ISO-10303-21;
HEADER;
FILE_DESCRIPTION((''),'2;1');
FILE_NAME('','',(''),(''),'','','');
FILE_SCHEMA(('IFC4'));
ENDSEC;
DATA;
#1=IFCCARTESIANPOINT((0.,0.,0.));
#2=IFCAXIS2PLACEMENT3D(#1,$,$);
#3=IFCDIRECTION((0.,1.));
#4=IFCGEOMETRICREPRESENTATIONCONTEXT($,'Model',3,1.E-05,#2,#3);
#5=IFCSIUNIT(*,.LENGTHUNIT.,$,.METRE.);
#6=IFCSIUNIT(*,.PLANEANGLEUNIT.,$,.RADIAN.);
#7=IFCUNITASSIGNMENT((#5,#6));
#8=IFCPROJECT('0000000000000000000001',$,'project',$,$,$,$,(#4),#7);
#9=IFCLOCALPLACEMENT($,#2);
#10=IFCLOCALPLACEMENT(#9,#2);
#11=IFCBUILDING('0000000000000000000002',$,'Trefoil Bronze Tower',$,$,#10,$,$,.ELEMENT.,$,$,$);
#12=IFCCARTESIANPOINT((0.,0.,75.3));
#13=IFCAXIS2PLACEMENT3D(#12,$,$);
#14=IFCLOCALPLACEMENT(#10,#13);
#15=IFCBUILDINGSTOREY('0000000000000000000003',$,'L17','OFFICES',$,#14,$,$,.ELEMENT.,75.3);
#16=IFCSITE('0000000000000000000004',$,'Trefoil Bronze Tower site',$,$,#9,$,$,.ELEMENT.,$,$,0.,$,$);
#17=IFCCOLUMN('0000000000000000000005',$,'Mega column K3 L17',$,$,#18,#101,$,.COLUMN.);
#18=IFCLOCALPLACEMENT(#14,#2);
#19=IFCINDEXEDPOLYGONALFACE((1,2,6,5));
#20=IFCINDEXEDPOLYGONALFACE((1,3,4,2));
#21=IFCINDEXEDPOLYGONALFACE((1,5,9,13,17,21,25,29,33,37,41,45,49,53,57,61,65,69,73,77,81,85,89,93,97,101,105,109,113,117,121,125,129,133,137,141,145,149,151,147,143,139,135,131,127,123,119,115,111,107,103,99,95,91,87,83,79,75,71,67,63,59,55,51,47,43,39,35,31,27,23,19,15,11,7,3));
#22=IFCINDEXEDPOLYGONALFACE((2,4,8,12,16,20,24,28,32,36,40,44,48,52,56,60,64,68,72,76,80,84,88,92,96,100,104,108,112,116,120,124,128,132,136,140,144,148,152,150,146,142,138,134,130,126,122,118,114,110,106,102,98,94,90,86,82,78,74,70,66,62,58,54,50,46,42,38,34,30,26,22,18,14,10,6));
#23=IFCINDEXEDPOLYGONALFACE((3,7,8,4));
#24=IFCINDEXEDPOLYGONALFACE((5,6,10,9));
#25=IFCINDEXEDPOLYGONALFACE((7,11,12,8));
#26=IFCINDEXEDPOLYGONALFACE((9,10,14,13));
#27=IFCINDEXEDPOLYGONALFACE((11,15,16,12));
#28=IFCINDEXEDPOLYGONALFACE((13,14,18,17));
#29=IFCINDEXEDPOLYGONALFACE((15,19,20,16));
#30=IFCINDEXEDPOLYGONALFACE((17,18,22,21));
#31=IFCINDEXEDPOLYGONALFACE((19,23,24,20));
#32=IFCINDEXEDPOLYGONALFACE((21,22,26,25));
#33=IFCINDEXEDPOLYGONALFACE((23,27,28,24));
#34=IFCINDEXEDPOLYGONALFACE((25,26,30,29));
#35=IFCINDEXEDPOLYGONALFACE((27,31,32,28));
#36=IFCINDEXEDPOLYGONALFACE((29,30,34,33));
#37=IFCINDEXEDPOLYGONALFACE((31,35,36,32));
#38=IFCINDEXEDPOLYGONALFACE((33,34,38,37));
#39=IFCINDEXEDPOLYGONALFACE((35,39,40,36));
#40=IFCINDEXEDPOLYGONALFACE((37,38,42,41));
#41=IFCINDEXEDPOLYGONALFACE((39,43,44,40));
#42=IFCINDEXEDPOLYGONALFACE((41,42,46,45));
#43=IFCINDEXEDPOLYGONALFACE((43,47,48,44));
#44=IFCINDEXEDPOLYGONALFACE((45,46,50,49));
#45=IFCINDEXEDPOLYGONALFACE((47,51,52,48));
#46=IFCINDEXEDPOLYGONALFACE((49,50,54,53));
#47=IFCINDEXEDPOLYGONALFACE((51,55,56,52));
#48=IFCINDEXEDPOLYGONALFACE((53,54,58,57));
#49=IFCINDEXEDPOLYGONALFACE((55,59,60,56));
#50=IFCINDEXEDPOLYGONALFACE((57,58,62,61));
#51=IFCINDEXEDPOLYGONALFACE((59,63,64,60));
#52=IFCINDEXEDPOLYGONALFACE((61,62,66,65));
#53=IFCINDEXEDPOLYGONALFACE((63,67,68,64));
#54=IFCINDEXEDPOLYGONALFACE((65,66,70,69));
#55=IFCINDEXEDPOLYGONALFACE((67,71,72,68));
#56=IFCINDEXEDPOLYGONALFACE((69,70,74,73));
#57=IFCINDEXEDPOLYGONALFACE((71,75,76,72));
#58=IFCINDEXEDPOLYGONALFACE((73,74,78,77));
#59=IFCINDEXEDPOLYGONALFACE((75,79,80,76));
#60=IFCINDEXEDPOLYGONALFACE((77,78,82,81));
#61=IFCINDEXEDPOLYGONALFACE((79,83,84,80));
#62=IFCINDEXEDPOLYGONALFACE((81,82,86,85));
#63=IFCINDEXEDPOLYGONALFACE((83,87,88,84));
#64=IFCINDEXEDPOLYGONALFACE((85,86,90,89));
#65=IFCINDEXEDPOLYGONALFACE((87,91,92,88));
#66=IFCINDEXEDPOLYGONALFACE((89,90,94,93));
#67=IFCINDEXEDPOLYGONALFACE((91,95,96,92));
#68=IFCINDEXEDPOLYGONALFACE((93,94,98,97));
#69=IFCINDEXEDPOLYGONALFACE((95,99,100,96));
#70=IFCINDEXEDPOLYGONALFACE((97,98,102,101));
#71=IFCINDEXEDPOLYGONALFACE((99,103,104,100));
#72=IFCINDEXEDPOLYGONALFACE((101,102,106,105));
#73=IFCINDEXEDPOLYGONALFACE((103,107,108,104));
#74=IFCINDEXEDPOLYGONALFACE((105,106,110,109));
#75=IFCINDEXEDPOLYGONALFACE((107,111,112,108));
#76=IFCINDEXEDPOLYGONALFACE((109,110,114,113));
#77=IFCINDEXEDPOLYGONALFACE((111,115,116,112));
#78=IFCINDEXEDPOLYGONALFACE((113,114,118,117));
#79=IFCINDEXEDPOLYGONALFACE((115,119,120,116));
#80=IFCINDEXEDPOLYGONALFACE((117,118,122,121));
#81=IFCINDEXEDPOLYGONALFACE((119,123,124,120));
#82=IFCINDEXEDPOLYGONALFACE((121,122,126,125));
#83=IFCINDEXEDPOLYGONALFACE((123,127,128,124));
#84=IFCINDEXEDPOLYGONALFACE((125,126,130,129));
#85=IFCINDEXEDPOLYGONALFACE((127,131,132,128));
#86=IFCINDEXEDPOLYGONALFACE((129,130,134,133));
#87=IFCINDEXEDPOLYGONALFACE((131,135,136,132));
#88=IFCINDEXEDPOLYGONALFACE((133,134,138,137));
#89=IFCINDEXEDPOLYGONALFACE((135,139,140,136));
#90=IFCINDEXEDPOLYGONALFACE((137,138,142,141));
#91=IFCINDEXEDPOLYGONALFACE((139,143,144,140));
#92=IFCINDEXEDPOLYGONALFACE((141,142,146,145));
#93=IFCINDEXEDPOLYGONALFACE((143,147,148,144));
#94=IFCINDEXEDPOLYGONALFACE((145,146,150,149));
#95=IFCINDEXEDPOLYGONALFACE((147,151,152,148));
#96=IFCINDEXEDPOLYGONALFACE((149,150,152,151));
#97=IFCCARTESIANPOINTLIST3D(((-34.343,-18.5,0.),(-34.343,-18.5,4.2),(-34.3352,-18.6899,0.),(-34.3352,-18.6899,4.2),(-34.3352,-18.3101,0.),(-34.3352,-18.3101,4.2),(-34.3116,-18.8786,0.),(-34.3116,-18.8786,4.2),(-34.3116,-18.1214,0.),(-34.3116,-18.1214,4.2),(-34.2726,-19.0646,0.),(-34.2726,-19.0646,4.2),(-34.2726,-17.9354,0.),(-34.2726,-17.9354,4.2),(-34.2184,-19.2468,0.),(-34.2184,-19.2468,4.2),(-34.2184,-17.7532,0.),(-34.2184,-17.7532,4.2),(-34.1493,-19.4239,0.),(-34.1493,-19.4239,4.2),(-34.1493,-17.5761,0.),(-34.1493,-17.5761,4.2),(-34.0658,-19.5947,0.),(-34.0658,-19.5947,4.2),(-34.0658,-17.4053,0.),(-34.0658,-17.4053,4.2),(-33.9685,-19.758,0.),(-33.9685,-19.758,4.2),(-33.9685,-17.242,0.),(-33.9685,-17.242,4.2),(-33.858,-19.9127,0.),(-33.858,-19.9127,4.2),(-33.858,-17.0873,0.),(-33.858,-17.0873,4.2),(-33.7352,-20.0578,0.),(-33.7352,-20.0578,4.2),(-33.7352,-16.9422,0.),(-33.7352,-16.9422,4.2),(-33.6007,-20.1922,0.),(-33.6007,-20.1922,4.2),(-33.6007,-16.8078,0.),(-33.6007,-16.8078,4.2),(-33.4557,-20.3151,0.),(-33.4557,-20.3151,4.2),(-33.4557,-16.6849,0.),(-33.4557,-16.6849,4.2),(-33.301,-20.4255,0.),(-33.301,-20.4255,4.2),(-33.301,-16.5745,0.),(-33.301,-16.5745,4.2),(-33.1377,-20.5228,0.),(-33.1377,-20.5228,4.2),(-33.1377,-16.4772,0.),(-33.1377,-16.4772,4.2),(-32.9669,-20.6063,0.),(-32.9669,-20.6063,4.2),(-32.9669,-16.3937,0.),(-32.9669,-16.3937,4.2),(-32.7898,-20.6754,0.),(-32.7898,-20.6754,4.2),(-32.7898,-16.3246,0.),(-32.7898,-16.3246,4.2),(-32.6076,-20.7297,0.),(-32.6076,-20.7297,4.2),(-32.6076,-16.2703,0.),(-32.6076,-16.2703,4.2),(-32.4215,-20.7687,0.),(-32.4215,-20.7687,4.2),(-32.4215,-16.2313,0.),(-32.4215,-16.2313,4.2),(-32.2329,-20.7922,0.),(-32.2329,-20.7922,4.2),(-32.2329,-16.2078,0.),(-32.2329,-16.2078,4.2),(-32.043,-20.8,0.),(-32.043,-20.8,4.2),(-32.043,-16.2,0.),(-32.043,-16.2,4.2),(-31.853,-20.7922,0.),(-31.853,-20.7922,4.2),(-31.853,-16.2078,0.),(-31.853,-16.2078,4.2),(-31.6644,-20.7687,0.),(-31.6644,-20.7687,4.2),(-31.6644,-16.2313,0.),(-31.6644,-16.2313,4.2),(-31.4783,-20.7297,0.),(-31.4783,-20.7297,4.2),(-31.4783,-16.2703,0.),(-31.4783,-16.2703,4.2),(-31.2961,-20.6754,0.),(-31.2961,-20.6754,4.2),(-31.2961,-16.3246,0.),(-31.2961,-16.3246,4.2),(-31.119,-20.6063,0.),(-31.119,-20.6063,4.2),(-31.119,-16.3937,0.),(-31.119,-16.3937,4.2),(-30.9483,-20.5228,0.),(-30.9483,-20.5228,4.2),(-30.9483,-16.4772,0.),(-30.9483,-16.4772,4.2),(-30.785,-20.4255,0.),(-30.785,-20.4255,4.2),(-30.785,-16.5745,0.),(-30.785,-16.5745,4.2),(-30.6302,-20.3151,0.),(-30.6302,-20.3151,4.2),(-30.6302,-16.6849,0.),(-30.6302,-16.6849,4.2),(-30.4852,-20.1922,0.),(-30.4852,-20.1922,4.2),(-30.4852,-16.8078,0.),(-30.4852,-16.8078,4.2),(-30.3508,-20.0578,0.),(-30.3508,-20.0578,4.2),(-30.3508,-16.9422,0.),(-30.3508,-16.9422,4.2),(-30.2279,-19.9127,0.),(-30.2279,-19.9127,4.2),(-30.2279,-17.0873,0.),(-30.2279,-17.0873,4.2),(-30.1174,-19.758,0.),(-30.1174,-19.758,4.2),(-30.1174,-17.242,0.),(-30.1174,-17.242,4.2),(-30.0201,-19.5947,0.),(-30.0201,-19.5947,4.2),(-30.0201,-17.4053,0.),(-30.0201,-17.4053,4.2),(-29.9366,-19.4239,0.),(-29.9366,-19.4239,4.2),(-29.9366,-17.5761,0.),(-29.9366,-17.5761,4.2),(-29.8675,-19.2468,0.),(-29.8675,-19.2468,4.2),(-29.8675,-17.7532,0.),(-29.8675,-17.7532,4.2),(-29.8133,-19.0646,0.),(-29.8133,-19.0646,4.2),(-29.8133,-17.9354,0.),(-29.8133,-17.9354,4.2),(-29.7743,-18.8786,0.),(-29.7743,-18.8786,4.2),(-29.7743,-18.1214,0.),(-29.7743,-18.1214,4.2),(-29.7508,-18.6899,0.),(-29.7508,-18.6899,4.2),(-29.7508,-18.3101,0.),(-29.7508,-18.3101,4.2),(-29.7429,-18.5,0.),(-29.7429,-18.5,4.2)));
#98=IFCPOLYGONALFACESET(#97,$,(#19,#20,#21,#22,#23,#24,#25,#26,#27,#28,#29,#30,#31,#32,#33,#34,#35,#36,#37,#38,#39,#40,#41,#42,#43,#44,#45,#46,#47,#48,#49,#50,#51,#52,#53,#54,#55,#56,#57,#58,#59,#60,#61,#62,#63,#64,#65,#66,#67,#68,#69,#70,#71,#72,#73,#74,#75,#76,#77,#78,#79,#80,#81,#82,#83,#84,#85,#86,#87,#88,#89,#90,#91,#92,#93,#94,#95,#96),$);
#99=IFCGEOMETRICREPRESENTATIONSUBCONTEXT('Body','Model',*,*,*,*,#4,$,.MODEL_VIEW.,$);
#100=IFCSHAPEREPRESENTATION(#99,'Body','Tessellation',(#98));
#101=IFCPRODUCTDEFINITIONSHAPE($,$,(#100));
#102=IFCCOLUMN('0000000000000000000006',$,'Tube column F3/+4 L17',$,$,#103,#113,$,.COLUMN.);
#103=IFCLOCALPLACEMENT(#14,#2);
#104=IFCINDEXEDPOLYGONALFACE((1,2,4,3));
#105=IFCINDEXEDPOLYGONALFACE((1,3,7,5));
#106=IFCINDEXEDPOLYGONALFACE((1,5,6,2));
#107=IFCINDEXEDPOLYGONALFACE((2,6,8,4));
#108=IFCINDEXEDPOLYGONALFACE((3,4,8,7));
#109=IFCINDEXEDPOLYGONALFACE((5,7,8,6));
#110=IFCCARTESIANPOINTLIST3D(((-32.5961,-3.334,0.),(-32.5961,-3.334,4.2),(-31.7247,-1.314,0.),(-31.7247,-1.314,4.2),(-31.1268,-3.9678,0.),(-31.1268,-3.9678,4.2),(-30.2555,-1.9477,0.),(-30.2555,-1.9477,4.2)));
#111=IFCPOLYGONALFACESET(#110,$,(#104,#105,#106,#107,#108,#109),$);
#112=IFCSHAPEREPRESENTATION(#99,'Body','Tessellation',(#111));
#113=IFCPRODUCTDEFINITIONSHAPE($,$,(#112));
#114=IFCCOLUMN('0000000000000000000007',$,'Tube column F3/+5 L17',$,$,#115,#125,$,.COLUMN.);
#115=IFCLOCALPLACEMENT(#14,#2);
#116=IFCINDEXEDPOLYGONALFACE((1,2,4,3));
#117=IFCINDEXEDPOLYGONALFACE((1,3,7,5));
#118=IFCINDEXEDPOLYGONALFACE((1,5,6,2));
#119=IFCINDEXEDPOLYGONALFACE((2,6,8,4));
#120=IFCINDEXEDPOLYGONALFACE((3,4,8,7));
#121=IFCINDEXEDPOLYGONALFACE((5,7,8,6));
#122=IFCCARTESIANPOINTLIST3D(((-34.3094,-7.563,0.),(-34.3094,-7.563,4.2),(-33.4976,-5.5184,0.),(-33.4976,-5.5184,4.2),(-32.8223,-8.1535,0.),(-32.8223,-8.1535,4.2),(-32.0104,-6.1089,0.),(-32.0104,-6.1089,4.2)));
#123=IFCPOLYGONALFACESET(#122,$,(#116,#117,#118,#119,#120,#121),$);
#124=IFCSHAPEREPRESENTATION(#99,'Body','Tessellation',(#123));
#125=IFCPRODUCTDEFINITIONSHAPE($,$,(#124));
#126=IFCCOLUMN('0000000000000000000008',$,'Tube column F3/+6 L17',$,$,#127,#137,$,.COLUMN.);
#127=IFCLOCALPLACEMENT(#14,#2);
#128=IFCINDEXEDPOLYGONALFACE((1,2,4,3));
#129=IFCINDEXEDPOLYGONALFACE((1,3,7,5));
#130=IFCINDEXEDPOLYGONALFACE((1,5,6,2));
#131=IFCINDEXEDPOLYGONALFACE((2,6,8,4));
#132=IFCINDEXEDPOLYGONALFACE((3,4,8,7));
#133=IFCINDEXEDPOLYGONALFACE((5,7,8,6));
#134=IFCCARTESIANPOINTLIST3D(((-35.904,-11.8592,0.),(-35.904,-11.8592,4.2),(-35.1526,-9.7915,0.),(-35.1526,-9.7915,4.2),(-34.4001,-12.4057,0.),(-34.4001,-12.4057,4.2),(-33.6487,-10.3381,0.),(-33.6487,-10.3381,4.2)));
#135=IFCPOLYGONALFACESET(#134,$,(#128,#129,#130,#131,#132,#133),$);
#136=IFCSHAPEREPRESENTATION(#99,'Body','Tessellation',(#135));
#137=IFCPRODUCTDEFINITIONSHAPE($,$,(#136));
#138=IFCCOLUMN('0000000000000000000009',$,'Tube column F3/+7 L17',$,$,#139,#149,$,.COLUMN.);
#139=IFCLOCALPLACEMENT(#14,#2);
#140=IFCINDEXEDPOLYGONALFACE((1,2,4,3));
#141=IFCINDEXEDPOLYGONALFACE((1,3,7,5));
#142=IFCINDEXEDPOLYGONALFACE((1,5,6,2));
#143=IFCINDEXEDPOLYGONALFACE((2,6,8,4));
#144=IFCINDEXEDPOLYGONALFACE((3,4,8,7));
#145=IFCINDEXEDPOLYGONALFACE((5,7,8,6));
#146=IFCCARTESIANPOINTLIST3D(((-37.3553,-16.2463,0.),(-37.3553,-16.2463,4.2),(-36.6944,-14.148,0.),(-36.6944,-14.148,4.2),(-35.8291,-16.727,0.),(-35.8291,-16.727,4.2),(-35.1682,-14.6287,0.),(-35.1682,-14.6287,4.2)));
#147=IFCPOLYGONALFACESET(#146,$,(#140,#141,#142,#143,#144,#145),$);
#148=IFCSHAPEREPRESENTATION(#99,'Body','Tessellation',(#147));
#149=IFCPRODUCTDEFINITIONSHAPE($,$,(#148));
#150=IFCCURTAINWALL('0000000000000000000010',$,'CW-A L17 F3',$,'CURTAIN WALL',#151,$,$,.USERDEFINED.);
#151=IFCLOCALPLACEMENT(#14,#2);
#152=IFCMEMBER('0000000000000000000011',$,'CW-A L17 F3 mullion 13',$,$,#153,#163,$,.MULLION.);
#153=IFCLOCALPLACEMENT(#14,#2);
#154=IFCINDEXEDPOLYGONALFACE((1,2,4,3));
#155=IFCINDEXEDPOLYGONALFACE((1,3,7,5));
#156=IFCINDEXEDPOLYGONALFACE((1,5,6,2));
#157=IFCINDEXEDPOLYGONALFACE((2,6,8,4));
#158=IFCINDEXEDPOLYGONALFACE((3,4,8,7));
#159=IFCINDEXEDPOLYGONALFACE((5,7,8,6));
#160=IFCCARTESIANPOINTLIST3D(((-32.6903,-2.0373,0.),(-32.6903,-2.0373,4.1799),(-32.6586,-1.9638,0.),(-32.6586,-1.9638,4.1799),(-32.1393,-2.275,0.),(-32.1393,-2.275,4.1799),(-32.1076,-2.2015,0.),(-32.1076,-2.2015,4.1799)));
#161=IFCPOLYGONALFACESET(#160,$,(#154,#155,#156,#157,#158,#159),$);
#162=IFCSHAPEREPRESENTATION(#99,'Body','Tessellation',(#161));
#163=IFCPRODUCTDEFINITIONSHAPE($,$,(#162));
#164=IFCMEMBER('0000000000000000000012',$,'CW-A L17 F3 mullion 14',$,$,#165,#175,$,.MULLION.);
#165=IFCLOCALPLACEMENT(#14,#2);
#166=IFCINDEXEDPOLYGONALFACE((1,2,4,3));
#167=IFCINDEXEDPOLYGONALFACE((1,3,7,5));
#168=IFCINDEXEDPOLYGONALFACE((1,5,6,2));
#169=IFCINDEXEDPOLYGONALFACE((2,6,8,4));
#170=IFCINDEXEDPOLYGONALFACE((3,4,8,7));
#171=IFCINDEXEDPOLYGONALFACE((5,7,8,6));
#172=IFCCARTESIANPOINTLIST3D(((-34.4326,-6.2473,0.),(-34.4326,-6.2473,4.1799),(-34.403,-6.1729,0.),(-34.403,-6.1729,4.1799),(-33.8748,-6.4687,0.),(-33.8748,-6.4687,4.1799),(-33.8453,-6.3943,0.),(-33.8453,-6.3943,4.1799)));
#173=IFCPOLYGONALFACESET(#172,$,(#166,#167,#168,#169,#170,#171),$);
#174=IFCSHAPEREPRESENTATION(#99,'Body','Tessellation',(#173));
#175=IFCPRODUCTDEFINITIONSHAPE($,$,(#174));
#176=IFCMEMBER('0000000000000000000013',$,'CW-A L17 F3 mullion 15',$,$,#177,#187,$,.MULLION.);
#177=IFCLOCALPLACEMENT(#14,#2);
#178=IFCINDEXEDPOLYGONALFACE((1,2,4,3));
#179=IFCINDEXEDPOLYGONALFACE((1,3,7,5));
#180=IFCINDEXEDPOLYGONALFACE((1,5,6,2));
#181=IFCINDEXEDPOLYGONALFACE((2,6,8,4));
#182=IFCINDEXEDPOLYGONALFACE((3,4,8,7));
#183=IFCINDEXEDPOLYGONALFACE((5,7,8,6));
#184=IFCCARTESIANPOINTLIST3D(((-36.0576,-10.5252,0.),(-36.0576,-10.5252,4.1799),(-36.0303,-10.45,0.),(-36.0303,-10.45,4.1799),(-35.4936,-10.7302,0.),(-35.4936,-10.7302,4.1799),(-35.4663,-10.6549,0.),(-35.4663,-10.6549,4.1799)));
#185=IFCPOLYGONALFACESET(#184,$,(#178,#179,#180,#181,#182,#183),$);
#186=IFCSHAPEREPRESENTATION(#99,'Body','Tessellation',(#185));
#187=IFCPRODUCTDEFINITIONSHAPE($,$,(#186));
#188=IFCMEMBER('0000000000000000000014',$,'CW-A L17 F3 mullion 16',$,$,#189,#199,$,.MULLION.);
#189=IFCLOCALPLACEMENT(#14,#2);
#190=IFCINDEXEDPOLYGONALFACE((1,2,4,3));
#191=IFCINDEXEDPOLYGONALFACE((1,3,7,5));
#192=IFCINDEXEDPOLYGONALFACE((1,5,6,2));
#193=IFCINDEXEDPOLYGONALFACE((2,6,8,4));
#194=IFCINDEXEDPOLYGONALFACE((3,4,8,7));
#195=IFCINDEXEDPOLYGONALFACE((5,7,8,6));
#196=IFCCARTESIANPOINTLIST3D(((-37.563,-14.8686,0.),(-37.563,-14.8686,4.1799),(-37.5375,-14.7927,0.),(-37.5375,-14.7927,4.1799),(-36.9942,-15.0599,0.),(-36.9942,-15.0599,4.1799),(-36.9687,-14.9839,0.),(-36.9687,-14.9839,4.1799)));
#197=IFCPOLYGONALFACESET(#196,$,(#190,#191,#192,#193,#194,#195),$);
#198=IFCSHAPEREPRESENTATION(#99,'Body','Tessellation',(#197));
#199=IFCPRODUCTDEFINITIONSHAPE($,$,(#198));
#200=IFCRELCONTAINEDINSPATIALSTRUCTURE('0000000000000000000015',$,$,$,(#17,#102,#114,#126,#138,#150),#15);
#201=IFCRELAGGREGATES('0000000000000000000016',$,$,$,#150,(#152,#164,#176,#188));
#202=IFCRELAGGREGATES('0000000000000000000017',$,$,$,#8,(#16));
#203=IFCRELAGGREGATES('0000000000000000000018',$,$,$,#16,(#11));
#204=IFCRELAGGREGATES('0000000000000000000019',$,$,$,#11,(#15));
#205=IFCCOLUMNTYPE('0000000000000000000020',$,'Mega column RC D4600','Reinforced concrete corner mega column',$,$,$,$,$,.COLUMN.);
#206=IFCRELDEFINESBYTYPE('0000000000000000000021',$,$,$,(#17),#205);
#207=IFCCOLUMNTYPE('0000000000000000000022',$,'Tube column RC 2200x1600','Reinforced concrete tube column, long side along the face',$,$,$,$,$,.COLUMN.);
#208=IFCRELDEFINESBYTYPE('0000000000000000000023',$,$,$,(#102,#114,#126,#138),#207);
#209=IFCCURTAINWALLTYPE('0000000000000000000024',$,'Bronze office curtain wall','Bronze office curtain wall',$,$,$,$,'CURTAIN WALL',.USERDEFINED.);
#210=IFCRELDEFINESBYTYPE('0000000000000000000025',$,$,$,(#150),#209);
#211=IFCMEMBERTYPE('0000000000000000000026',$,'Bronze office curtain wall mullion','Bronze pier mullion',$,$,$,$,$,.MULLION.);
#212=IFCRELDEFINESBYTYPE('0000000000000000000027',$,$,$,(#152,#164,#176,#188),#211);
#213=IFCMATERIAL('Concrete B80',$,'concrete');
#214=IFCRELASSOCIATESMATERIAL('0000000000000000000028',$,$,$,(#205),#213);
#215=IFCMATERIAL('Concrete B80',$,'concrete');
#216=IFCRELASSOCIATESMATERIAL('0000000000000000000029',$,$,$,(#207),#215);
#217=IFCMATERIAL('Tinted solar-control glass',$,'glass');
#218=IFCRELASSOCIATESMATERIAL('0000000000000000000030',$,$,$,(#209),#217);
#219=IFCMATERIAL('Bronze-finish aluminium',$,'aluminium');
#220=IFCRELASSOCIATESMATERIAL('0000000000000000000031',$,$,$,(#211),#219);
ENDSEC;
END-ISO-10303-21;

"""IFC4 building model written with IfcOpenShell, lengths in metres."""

from ifc_helpers import new_model, si_unit, direction, frame, origin, origin_2d, place, context, subcontext, project, spatial, rectangle, circle, extrude, material, material_profile, profile_set, type_object, element, aggregate, save


model = new_model("IFC4")

# Units and contexts
model_context = context("Model", 3, precision=1e-05, world=origin(), true_north=direction((0.0, 1.0)))
body_context = subcontext(model_context, "Body", "Model", "MODEL_VIEW")
ifc_project = project(units=[si_unit("LENGTHUNIT", "METRE"), si_unit("PLANEANGLEUNIT", "RADIAN")], contexts=[model_context])

# Site, building, storey
site_placement = place(None, origin())
site = spatial("IfcSite", under=ifc_project, at=site_placement, Name="Trefoil Bronze Tower site", CompositionType="ELEMENT", RefElevation=0.0)
building_placement = place(site_placement, origin())
building = spatial("IfcBuilding", under=site, at=building_placement, Name="Trefoil Bronze Tower", CompositionType="ELEMENT")
storey_placement = place(building_placement, frame((0.0, 0.0, 75.3)))
storey = spatial("IfcBuildingStorey", under=building, at=storey_placement, Name="L17", Description="OFFICES", CompositionType="ELEMENT", Elevation=75.3)

# Columns
ifc_material_1 = material(Name="Concrete B80", Category="concrete")
ifc_material_profile_1 = material_profile(ifc_material_1, circle(Radius=2.3, at=origin_2d()), Name="RC D4600")
ifc_profile_set_1 = profile_set([ifc_material_profile_1], Name="Concrete B80")
column_type_1 = type_object("IfcColumnType", Name="Mega column RC D4600", Description="Reinforced concrete corner mega column", PredefinedType="COLUMN", material=ifc_profile_set_1)
column_placement = place(storey_placement, frame((-32.043, -18.5, 0.0), z_axis=(0.0, 0.0, 1.0), x_axis=(1.0, 0.0, 0.0)))
element("IfcColumn", 1, at=column_placement, inside=storey, type_object=column_type_1, Name="Mega column K3 L17", PredefinedType="COLUMN", context=body_context, shape_type="SweptSolid", body=[
    extrude(circle(Radius=2.3, at=origin_2d()), origin(), (0.0, 0.0, 1.0), 4.2),
])
ifc_material_2 = material(Name="Concrete B80", Category="concrete")
ifc_material_profile_2 = material_profile(ifc_material_2, rectangle(XDim=2.2, YDim=1.6001, at=origin_2d()), Name="RC 2200x1600")
ifc_profile_set_2 = profile_set([ifc_material_profile_2], Name="Concrete B80")
column_type_2 = type_object("IfcColumnType", Name="Tube column RC 2200x1600", Description="Reinforced concrete tube column, long side along the face", PredefinedType="COLUMN", material=ifc_profile_set_2)
for number, where, z_axis, x_axis, name in (
    (2, (-31.4258, -2.6409, 0.0), (0.0, 0.0, 1.0), (-0.396085, -0.918214, 0.0), "Tube column F3/+4 L17"),
    (3, (-33.1599, -6.8359, 0.0), (0.0, 0.0, 1.0), (-0.36904, -0.929414, 0.0), "Tube column F3/+5 L17"),
    (4, (-34.7764, -11.0986, 0.0), (0.0, 0.0, 1.0), (-0.341559, -0.93986, 0.0), "Tube column F3/+6 L17"),
    (5, (-36.2617, -15.4375, 0.0), (0.0, 0.0, 1.0), (-0.300414, -0.953809, 0.0), "Tube column F3/+7 L17"),
):
    element("IfcColumn", number, at=place(storey_placement, frame(where, z_axis=z_axis, x_axis=x_axis)), inside=storey, type_object=column_type_2, Name=name, PredefinedType="COLUMN", context=body_context, shape_type="SweptSolid", body=[
        extrude(rectangle(XDim=2.2, YDim=1.6001, at=origin_2d()), origin(), (0.0, 0.0, 1.0), 4.2),
    ])

# Curtain wall, members
ifc_material_3 = material(Name="Tinted solar-control glass", Category="glass")
curtain_wall_type_1 = type_object("IfcCurtainWallType", Name="Bronze office curtain wall", Description="Bronze office curtain wall", ElementType="CURTAIN WALL", PredefinedType="USERDEFINED", material=ifc_material_3)
curtain_wall_1_placement = place(storey_placement, origin())
curtain_wall_1 = element("IfcCurtainWall", 6, at=curtain_wall_1_placement, inside=storey, type_object=curtain_wall_type_1, Name="CW-A L17 F3", ObjectType="CURTAIN WALL", PredefinedType="USERDEFINED")
ifc_material_4 = material(Name="Bronze-finish aluminium", Category="aluminium")
ifc_material_profile_3 = material_profile(ifc_material_4, rectangle(XDim=0.6001, YDim=0.0801, at=origin_2d()), Name="CW-A mullion")
ifc_profile_set_3 = profile_set([ifc_material_profile_3], Name="Bronze-finish aluminium")
member_type_1 = type_object("IfcMemberType", Name="Bronze office curtain wall mullion", Description="Bronze pier mullion", PredefinedType="MULLION", material=ifc_profile_set_3)
member_1_placement = place(storey_placement, frame((-32.3989, -2.1194, 0.0), z_axis=(0.0, 0.0, 1.0), x_axis=(0.918214, -0.396085, 0.0)))
member_1 = element("IfcMember", 7, at=member_1_placement, type_object=member_type_1, Name="CW-A L17 F3 mullion 13", PredefinedType="MULLION", context=body_context, shape_type="SweptSolid", body=[
    extrude(rectangle(XDim=0.6001, YDim=0.0801, at=origin_2d()), origin(), (0.0, 0.0, 1.0), 4.1799),
])
member_2_placement = place(storey_placement, frame((-34.1389, -6.3208, 0.0), z_axis=(0.0, 0.0, 1.0), x_axis=(0.929414, -0.36904, 0.0)))
member_2 = element("IfcMember", 8, at=member_2_placement, type_object=member_type_1, Name="CW-A L17 F3 mullion 14", PredefinedType="MULLION", context=body_context, shape_type="SweptSolid", body=[
    extrude(rectangle(XDim=0.6001, YDim=0.0801, at=origin_2d()), origin(), (0.0, 0.0, 1.0), 4.1799),
])
member_3_placement = place(storey_placement, frame((-35.762, -10.5901, 0.0), z_axis=(0.0, 0.0, 1.0), x_axis=(0.93986, -0.341559, 0.0)))
member_3 = element("IfcMember", 9, at=member_3_placement, type_object=member_type_1, Name="CW-A L17 F3 mullion 15", PredefinedType="MULLION", context=body_context, shape_type="SweptSolid", body=[
    extrude(rectangle(XDim=0.6001, YDim=0.0801, at=origin_2d()), origin(), (0.0, 0.0, 1.0), 4.1799),
])
member_4_placement = place(storey_placement, frame((-37.2659, -14.9263, 0.0), z_axis=(0.0, 0.0, 1.0), x_axis=(0.947851, -0.318715, 0.0)))
member_4 = element("IfcMember", 10, at=member_4_placement, type_object=member_type_1, Name="CW-A L17 F3 mullion 16", PredefinedType="MULLION", context=body_context, shape_type="SweptSolid", body=[
    extrude(rectangle(XDim=0.6001, YDim=0.0801, at=origin_2d()), origin(), (0.0, 0.0, 1.0), 4.1799),
])

aggregate(curtain_wall_1, [member_1, member_2, member_3, member_4])

save(model, "model.ifc")
